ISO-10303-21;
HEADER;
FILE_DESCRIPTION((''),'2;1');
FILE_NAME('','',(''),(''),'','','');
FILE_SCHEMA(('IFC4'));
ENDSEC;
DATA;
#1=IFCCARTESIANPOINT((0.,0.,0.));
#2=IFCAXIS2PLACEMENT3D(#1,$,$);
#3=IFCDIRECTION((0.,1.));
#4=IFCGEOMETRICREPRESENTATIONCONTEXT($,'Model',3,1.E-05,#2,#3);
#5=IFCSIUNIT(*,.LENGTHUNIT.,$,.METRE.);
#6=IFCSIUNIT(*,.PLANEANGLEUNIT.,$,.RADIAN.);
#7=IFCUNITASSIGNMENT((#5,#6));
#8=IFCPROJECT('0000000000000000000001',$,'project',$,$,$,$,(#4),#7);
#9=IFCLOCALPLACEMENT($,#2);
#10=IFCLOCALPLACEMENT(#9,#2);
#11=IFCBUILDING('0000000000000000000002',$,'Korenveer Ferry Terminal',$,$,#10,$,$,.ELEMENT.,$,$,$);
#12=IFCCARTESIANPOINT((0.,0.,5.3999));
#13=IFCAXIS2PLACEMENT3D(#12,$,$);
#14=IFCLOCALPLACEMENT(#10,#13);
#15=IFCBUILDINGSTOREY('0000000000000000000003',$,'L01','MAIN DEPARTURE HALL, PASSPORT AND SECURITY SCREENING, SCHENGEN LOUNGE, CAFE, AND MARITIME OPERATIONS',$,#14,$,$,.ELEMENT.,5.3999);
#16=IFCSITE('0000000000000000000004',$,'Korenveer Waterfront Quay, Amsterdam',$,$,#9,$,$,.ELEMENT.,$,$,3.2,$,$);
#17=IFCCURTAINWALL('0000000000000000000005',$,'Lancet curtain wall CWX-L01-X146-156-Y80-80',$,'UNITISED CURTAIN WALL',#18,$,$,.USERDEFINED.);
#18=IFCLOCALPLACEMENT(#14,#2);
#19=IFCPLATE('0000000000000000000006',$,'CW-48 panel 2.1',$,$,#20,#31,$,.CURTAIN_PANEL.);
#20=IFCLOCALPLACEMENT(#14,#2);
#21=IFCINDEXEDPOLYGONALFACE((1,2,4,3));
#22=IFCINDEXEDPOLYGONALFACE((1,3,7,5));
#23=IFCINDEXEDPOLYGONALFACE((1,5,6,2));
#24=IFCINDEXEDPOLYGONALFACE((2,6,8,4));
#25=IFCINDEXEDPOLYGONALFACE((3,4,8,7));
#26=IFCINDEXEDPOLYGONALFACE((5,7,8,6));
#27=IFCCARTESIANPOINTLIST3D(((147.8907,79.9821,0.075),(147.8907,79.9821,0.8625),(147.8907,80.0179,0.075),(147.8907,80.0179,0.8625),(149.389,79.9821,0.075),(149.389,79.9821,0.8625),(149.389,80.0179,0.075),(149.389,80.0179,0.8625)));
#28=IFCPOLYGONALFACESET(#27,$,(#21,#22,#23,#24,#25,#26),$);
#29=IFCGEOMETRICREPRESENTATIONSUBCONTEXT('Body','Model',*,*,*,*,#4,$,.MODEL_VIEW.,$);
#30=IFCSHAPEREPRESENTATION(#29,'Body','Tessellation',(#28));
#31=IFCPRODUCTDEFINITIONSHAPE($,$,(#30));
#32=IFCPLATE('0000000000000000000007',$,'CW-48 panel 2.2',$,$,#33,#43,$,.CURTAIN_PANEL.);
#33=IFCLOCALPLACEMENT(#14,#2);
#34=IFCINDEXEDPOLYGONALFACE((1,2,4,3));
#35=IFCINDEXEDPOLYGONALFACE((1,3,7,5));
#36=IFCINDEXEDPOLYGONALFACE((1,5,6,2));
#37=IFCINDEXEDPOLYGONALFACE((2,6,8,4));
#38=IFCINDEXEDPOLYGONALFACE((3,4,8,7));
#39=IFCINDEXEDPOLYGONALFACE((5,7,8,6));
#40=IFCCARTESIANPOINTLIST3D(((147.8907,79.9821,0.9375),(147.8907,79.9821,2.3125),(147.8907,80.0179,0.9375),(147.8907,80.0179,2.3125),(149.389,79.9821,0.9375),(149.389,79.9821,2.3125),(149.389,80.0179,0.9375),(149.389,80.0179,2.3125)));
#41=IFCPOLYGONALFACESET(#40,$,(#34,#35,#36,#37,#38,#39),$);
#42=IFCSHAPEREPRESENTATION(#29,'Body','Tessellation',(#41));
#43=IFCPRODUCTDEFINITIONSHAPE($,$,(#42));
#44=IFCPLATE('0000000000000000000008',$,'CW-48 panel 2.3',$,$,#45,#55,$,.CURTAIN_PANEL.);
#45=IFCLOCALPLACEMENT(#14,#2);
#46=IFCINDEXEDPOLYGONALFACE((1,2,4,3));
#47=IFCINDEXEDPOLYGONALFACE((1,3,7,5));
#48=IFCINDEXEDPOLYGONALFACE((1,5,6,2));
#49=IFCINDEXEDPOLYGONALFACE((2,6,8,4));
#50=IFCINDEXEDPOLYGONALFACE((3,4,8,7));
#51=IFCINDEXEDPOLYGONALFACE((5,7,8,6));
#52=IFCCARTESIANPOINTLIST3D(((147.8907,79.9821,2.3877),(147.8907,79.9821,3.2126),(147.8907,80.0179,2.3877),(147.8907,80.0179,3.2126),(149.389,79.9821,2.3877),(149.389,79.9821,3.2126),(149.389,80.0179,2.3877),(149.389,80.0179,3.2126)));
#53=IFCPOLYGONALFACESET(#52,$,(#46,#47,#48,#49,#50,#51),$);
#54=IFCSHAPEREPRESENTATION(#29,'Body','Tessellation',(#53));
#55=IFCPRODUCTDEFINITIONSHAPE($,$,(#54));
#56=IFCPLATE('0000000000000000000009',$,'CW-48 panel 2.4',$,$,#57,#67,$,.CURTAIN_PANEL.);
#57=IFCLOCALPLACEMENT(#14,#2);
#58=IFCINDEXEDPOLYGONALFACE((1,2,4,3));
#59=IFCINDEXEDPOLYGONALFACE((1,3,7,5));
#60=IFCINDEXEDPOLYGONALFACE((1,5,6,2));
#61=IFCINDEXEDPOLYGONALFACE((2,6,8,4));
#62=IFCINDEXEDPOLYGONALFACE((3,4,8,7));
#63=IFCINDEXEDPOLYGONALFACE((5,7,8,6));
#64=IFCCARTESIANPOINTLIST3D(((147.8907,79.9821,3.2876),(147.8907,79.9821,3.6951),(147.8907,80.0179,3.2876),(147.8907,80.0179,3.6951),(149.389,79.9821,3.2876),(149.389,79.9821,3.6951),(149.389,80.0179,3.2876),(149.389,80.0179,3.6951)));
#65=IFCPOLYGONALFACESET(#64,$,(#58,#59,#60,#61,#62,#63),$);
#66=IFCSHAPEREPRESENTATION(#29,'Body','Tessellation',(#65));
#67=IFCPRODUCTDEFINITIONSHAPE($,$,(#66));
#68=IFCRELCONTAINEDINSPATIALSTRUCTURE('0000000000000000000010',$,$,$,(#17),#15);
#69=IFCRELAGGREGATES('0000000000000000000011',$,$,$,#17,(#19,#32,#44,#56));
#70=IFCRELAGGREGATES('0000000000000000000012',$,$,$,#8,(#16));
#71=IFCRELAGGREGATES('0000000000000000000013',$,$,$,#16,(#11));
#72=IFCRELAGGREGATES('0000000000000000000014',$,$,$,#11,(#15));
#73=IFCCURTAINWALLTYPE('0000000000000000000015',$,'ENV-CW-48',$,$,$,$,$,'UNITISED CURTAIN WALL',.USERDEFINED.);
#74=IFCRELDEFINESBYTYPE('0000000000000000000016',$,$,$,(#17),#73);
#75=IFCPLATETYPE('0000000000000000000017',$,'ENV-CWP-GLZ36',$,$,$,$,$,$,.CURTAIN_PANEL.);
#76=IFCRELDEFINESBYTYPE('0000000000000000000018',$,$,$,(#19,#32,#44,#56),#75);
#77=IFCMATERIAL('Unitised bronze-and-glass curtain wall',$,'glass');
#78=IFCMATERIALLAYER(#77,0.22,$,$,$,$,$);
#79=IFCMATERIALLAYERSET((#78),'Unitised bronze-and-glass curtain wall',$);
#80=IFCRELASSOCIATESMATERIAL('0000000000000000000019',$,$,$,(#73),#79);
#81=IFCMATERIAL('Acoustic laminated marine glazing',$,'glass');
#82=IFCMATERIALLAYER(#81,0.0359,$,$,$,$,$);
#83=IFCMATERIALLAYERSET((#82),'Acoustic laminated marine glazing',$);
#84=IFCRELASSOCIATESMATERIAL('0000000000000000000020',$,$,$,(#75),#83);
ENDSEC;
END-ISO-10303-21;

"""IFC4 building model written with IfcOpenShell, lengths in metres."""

from ifc_helpers import new_model, si_unit, direction, frame, origin, origin_2d, place, context, subcontext, project, spatial, rectangle, extrude, material, layer, layer_set, type_object, element, aggregate, save


model = new_model("IFC4")

# Units and contexts
model_context = context("Model", 3, precision=1e-05, world=origin(), true_north=direction((0.0, 1.0)))
body_context = subcontext(model_context, "Body", "Model", "MODEL_VIEW")
ifc_project = project(units=[si_unit("LENGTHUNIT", "METRE"), si_unit("PLANEANGLEUNIT", "RADIAN")], contexts=[model_context])

# Site, building, storey
site_placement = place(None, origin())
site = spatial("IfcSite", under=ifc_project, at=site_placement, Name="Korenveer Waterfront Quay, Amsterdam", CompositionType="ELEMENT", RefElevation=3.2)
building_placement = place(site_placement, origin())
building = spatial("IfcBuilding", under=site, at=building_placement, Name="Korenveer Ferry Terminal", CompositionType="ELEMENT")
storey_placement = place(building_placement, frame((0.0, 0.0, 5.3999)))
storey = spatial("IfcBuildingStorey", under=building, at=storey_placement, Name="L01", Description="MAIN DEPARTURE HALL, PASSPORT AND SECURITY SCREENING, SCHENGEN LOUNGE, CAFE, AND MARITIME OPERATIONS", CompositionType="ELEMENT", Elevation=5.3999)

# Shared definitions
ifc_material_1 = material(Name="Unitised bronze-and-glass curtain wall", Category="glass")

# Curtain wall
ifc_layer_1 = layer(ifc_material_1, 0.22)
ifc_layer_set_1 = layer_set([ifc_layer_1], Name="Unitised bronze-and-glass curtain wall")
curtain_wall_type_1 = type_object("IfcCurtainWallType", Name="ENV-CW-48", ElementType="UNITISED CURTAIN WALL", PredefinedType="USERDEFINED", material=ifc_layer_set_1)
curtain_wall_1_placement = place(storey_placement, frame((146.28, 80.0, 0.0)))
curtain_wall_1 = element("IfcCurtainWall", 1, at=curtain_wall_1_placement, inside=storey, type_object=curtain_wall_type_1, Name="Lancet curtain wall CWX-L01-X146-156-Y80-80", ObjectType="UNITISED CURTAIN WALL", PredefinedType="USERDEFINED")

# Plates
ifc_material_2 = material(Name="Acoustic laminated marine glazing", Category="glass")
ifc_layer_2 = layer(ifc_material_2, 0.0359)
ifc_layer_set_2 = layer_set([ifc_layer_2], Name="Acoustic laminated marine glazing")
plate_type_1 = type_object("IfcPlateType", Name="ENV-CWP-GLZ36", PredefinedType="CURTAIN_PANEL", material=ifc_layer_set_2)
plate_1_placement = place(storey_placement, frame((148.6399, 80.0, 0.075), z_axis=(0.0, 0.0, 1.0), x_axis=(1.0, 0.0, 0.0)))
plate_1 = element("IfcPlate", 2, at=plate_1_placement, type_object=plate_type_1, Name="CW-48 panel 2.1", PredefinedType="CURTAIN_PANEL", context=body_context, shape_type="SweptSolid", body=[
    extrude(rectangle(XDim=1.4983, YDim=0.0359, at=origin_2d()), origin(), (0.0, 0.0, 1.0), 0.7876),
])
plate_2_placement = place(storey_placement, frame((148.6399, 80.0, 0.9375), z_axis=(0.0, 0.0, 1.0), x_axis=(1.0, 0.0, 0.0)))
plate_2 = element("IfcPlate", 3, at=plate_2_placement, type_object=plate_type_1, Name="CW-48 panel 2.2", PredefinedType="CURTAIN_PANEL", context=body_context, shape_type="SweptSolid", body=[
    extrude(rectangle(XDim=1.4983, YDim=0.0359, at=origin_2d()), origin(), (0.0, 0.0, 1.0), 1.375),
])
plate_3_placement = place(storey_placement, frame((148.6399, 80.0, 2.3877), z_axis=(0.0, 0.0, 1.0), x_axis=(1.0, 0.0, 0.0)))
plate_3 = element("IfcPlate", 4, at=plate_3_placement, type_object=plate_type_1, Name="CW-48 panel 2.3", PredefinedType="CURTAIN_PANEL", context=body_context, shape_type="SweptSolid", body=[
    extrude(rectangle(XDim=1.4983, YDim=0.0359, at=origin_2d()), origin(), (0.0, 0.0, 1.0), 0.825),
])
plate_4_placement = place(storey_placement, frame((148.6399, 80.0, 3.2876), z_axis=(0.0, 0.0, 1.0), x_axis=(1.0, 0.0, 0.0)))
plate_4 = element("IfcPlate", 5, at=plate_4_placement, type_object=plate_type_1, Name="CW-48 panel 2.4", PredefinedType="CURTAIN_PANEL", context=body_context, shape_type="SweptSolid", body=[
    extrude(rectangle(XDim=1.4983, YDim=0.0359, at=origin_2d()), origin(), (0.0, 0.0, 1.0), 0.4075),
])
aggregate(curtain_wall_1, [plate_1, plate_2, plate_3, plate_4])

save(model, "model.ifc")
